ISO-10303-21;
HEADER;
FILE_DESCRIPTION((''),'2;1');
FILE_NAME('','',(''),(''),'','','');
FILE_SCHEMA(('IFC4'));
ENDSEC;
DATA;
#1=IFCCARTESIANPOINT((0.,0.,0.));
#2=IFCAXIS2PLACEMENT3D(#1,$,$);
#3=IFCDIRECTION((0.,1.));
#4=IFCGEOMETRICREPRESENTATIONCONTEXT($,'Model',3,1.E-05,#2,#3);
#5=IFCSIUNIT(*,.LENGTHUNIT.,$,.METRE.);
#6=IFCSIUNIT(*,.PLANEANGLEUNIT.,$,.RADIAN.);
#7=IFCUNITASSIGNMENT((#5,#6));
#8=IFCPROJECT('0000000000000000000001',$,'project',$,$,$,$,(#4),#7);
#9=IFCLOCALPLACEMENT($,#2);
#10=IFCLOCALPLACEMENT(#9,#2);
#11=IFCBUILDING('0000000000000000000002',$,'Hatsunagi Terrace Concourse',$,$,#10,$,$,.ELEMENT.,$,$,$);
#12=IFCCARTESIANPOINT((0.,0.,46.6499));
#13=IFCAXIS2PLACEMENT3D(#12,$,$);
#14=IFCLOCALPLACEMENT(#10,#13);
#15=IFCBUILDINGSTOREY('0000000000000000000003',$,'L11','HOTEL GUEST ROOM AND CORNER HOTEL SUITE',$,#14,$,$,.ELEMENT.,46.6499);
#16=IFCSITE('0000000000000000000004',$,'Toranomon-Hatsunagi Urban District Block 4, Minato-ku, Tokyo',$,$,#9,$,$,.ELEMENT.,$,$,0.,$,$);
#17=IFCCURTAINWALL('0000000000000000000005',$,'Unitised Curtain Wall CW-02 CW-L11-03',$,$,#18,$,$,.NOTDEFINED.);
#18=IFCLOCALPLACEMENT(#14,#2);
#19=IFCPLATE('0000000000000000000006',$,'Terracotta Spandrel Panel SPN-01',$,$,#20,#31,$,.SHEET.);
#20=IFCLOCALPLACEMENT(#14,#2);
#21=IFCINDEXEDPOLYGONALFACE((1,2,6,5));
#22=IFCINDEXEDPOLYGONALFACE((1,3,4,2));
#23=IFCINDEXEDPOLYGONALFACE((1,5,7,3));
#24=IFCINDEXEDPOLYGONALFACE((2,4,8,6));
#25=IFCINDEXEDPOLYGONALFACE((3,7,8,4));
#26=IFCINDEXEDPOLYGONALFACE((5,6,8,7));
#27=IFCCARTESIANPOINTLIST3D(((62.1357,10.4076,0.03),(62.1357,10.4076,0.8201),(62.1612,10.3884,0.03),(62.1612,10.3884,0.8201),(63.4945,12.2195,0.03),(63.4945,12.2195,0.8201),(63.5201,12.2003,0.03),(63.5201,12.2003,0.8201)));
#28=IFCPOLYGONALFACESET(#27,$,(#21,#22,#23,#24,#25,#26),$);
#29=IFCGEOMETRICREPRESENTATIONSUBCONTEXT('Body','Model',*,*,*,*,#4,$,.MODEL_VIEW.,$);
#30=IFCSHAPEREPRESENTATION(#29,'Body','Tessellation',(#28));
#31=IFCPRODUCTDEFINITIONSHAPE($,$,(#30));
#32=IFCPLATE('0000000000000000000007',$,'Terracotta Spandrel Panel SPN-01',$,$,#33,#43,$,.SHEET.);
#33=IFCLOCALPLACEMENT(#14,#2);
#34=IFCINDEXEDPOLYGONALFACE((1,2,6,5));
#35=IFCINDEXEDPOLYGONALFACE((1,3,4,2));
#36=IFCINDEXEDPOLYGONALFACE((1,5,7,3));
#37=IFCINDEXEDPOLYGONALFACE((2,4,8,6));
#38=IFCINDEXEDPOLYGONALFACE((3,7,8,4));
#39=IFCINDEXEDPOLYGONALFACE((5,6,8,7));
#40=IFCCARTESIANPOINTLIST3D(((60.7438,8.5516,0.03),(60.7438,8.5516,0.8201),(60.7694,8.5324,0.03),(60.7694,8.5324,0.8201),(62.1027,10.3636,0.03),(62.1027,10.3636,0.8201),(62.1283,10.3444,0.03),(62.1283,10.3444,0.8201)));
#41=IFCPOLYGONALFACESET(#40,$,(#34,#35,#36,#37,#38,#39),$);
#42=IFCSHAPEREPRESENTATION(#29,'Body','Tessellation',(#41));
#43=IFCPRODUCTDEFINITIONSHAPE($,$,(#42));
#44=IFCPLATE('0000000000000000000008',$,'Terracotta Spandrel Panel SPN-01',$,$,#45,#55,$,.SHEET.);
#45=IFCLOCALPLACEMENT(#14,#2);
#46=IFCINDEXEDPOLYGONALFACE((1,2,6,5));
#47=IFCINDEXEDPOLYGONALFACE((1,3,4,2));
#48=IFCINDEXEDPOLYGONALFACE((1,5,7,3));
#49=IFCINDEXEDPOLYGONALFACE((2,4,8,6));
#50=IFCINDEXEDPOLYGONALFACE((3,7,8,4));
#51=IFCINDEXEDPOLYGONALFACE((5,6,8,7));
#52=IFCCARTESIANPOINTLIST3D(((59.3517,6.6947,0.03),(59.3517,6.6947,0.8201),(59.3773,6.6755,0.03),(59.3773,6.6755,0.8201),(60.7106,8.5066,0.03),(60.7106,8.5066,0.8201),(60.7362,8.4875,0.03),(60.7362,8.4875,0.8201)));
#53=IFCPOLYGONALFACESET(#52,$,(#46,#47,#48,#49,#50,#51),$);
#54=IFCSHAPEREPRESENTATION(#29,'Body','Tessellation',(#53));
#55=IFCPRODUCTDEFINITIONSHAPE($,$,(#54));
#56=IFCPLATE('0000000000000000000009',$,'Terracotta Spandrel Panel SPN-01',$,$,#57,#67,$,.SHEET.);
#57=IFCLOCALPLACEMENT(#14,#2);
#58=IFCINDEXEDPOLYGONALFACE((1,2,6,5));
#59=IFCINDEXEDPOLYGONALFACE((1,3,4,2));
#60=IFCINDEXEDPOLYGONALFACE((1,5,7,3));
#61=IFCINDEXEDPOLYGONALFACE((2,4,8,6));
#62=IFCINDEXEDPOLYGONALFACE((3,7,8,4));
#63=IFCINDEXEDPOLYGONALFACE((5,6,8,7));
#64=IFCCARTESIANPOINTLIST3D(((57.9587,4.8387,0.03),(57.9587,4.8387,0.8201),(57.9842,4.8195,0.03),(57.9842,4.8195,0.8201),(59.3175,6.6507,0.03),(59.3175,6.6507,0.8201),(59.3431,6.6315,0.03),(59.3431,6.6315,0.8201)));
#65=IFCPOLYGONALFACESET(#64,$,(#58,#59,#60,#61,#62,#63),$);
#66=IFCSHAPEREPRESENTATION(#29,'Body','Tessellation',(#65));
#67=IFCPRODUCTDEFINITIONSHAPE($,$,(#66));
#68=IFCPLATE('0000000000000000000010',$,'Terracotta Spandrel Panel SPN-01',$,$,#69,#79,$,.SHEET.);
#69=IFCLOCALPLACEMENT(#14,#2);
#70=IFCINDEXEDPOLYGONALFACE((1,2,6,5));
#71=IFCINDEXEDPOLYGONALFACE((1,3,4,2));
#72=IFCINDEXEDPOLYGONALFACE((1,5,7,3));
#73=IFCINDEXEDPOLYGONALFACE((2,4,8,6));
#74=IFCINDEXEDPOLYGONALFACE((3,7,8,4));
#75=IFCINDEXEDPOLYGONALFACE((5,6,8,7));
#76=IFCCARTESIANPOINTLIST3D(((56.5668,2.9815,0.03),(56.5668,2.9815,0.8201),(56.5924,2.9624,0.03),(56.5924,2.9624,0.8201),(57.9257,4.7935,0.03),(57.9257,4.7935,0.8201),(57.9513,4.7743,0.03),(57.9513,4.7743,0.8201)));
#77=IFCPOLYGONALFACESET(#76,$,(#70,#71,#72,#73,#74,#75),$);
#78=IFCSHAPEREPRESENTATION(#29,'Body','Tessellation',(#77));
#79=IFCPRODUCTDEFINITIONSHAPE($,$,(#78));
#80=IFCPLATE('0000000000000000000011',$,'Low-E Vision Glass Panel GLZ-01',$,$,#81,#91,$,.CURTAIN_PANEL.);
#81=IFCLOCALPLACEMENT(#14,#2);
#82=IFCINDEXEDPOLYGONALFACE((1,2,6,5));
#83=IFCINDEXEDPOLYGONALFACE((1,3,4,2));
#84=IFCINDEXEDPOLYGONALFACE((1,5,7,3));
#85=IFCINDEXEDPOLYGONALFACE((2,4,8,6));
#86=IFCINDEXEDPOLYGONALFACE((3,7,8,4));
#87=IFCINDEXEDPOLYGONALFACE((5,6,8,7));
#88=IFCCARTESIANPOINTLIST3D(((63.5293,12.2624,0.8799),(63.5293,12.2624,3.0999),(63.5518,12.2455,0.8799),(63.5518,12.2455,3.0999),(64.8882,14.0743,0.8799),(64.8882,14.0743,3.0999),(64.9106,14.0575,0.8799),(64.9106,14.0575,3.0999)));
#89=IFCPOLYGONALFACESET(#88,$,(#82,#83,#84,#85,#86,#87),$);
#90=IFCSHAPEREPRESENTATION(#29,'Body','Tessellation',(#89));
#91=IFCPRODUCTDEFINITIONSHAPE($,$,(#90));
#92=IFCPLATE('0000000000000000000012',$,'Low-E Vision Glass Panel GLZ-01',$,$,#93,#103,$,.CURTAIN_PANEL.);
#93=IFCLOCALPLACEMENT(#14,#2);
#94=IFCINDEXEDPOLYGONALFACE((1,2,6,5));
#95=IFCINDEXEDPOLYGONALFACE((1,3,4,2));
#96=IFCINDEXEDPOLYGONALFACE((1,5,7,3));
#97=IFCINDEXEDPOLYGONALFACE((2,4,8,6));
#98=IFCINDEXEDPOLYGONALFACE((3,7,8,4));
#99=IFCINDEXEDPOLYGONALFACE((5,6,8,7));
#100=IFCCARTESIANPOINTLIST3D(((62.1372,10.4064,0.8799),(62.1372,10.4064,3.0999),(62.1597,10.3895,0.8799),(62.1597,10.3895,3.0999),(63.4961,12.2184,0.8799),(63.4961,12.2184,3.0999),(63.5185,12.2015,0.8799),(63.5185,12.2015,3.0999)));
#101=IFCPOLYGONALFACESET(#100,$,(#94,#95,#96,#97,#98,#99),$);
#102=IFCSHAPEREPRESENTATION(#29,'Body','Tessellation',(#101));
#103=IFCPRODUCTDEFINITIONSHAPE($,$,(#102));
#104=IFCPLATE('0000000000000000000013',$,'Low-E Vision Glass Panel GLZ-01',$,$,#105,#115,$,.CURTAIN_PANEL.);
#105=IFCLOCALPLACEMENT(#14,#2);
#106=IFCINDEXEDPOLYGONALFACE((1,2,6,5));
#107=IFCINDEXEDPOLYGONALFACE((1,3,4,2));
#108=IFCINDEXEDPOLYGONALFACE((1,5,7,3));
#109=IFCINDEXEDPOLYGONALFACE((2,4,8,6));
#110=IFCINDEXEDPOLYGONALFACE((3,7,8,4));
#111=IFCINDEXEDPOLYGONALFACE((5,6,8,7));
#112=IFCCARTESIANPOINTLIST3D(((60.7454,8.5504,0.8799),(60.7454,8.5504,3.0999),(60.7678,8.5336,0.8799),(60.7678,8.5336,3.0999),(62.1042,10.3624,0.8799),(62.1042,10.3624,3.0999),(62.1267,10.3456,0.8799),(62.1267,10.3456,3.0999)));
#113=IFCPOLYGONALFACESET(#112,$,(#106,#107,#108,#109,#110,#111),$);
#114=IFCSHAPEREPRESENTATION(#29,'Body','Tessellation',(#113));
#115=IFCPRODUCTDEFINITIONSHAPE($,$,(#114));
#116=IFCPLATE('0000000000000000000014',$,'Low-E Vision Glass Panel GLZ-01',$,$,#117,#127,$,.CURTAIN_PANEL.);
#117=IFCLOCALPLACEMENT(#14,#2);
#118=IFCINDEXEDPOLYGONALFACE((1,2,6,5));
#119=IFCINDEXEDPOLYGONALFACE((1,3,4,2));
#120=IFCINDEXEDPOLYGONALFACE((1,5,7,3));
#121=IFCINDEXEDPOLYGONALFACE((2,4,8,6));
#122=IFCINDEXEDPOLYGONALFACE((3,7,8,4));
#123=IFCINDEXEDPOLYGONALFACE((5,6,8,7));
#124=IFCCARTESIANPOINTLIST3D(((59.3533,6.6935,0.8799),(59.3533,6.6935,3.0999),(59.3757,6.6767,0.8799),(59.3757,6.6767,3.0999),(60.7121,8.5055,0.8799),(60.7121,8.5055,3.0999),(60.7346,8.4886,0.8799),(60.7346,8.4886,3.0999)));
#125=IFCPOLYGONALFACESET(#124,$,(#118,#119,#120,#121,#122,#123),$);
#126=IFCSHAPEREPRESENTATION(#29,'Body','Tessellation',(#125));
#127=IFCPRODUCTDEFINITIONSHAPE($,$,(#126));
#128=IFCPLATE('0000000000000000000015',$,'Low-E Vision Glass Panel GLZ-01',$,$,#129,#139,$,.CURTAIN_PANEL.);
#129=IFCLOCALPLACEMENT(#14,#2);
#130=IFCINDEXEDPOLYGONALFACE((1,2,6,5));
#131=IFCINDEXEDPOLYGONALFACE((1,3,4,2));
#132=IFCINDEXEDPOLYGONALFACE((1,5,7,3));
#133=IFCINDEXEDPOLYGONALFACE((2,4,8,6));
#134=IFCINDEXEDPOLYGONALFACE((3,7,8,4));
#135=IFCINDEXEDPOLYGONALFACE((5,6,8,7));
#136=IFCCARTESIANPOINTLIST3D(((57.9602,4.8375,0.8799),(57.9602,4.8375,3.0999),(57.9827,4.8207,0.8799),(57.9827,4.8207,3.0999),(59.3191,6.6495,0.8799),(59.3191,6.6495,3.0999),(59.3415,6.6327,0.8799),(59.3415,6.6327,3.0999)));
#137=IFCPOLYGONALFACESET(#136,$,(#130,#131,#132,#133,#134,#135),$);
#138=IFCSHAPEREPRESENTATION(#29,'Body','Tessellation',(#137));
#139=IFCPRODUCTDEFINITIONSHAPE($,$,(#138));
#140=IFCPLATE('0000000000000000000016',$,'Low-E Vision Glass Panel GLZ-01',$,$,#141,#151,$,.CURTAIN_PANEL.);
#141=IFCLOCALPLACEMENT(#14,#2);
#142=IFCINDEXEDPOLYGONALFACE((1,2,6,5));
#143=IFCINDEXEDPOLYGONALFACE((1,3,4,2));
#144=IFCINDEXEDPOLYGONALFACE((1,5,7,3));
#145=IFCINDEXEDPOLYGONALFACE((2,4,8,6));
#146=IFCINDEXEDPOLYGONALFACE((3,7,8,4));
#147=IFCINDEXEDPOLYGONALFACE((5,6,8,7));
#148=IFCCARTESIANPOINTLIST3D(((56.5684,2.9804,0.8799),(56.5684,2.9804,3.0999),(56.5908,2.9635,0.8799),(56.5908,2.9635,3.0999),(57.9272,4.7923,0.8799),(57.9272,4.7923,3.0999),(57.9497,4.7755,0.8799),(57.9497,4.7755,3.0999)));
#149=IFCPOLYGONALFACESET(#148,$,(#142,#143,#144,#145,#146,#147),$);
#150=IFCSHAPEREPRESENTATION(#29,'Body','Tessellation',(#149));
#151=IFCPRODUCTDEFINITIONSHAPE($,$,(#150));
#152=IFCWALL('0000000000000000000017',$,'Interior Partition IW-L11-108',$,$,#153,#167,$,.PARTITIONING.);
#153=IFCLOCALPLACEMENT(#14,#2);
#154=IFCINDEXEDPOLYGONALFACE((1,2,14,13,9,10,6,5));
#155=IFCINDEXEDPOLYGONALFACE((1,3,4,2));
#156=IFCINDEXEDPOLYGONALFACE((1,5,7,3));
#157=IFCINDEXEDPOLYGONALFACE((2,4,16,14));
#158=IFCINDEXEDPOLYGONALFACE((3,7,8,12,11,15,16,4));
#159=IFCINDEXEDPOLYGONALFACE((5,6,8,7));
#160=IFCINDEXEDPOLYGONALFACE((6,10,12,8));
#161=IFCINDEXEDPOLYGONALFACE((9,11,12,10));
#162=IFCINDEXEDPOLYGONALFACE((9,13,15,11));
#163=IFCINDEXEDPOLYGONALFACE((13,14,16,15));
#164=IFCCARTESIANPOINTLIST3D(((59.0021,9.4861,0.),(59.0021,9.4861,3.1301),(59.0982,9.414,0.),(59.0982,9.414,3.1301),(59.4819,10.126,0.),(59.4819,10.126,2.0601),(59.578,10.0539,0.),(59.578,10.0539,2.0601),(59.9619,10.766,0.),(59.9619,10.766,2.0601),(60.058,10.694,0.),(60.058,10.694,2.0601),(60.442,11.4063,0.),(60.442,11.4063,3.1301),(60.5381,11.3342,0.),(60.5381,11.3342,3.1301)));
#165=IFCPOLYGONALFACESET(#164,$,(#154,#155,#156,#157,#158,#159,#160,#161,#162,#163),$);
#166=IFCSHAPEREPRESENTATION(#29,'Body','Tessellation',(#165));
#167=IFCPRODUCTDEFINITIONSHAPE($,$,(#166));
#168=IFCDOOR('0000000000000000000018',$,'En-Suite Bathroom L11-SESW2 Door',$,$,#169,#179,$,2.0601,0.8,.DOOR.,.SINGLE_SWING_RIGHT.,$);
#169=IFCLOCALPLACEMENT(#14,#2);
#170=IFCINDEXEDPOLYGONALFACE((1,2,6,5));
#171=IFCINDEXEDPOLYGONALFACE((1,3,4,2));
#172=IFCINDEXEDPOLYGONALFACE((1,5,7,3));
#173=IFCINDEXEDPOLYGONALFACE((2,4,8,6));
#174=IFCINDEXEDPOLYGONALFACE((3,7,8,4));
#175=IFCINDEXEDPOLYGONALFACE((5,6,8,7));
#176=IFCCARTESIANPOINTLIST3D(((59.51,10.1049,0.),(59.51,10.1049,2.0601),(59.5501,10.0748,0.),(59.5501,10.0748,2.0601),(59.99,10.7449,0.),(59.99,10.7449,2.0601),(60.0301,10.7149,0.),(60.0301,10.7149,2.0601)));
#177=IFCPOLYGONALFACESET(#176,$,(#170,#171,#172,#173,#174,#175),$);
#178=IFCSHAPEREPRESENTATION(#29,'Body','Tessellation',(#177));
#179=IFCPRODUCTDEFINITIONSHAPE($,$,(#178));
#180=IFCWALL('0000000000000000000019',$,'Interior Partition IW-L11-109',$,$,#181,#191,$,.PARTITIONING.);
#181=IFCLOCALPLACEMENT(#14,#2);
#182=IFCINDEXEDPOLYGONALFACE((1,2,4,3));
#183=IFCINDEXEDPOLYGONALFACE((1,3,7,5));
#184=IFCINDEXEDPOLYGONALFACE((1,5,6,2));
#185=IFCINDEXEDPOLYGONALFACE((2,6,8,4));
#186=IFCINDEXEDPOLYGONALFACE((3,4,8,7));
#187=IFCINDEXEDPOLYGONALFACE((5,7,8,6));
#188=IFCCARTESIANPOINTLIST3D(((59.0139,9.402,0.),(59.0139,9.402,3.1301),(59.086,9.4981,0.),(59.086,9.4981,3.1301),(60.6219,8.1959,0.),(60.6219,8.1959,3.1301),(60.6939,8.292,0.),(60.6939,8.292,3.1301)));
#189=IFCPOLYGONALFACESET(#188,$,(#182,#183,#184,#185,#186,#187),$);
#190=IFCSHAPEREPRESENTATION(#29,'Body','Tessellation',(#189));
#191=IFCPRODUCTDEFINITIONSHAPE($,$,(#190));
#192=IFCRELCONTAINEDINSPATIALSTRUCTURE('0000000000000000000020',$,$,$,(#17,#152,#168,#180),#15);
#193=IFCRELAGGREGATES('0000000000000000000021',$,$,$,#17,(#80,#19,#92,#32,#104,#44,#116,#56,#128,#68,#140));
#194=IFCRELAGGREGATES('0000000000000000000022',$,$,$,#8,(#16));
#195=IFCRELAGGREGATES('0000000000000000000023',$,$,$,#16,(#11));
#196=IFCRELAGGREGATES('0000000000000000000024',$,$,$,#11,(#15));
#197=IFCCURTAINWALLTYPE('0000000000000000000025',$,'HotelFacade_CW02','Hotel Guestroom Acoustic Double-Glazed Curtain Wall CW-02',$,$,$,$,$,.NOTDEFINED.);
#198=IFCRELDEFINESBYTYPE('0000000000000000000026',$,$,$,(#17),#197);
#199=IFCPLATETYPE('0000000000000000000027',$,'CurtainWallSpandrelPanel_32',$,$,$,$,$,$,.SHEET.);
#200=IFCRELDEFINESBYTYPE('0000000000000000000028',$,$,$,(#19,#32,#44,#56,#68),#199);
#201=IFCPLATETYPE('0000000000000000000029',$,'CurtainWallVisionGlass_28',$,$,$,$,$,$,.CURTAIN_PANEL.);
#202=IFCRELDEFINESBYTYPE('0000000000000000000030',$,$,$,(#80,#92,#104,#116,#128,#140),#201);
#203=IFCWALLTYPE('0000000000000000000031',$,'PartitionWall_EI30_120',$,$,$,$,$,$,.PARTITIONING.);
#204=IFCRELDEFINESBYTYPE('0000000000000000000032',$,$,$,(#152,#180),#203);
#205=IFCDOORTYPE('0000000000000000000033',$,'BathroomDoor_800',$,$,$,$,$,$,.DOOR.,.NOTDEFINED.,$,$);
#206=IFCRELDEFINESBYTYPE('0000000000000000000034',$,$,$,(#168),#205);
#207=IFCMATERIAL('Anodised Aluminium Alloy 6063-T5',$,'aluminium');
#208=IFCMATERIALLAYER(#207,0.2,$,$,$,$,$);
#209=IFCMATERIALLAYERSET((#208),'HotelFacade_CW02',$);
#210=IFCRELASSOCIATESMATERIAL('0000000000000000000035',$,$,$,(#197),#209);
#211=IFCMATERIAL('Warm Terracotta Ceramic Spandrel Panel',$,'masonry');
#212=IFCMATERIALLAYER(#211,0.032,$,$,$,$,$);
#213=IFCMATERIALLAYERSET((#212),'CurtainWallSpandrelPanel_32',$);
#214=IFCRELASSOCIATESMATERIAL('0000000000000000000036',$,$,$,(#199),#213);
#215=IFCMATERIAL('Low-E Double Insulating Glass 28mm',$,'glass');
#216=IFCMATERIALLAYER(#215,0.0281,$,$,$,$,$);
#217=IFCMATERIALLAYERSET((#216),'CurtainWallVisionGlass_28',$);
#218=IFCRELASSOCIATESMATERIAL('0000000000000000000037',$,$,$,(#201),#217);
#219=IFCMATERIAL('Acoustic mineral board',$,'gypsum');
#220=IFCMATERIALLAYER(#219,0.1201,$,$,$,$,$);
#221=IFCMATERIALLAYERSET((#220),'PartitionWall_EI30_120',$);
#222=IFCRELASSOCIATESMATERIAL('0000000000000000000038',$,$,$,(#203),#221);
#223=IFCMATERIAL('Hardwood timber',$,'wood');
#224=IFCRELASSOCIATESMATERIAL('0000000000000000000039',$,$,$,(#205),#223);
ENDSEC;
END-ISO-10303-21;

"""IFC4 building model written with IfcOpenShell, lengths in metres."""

from ifc_helpers import new_model, si_unit, direction, frame, frame_2d, origin, origin_2d, place, context, subcontext, project, spatial, rectangle, extrude, material, layer, layer_set, type_object, element, fill, aggregate, save


model = new_model("IFC4")

# Units and contexts
model_context = context("Model", 3, precision=1e-05, world=origin(), true_north=direction((0.0, 1.0)))
body_context = subcontext(model_context, "Body", "Model", "MODEL_VIEW")
ifc_project = project(units=[si_unit("LENGTHUNIT", "METRE"), si_unit("PLANEANGLEUNIT", "RADIAN")], contexts=[model_context])

# Site, building, storey
site_placement = place(None, origin())
site = spatial("IfcSite", under=ifc_project, at=site_placement, Name="Toranomon-Hatsunagi Urban District Block 4, Minato-ku, Tokyo", CompositionType="ELEMENT", RefElevation=0.0)
building_placement = place(site_placement, origin())
building = spatial("IfcBuilding", under=site, at=building_placement, Name="Hatsunagi Terrace Concourse", CompositionType="ELEMENT")
storey_placement = place(building_placement, frame((0.0, 0.0, 46.6499)))
storey = spatial("IfcBuildingStorey", under=building, at=storey_placement, Name="L11", Description="HOTEL GUEST ROOM AND CORNER HOTEL SUITE", CompositionType="ELEMENT", Elevation=46.6499)

# Curtain wall
ifc_material_1 = material(Name="Anodised Aluminium Alloy 6063-T5", Category="aluminium")
ifc_layer_1 = layer(ifc_material_1, 0.2)
ifc_layer_set_1 = layer_set([ifc_layer_1], Name="HotelFacade_CW02")
curtain_wall_type = type_object("IfcCurtainWallType", Name="HotelFacade_CW02", Description="Hotel Guestroom Acoustic Double-Glazed Curtain Wall CW-02", PredefinedType="NOTDEFINED", material=ifc_layer_set_1)
curtain_wall_placement = place(storey_placement, origin())
curtain_wall = element("IfcCurtainWall", 1, at=curtain_wall_placement, inside=storey, type_object=curtain_wall_type, Name="Unitised Curtain Wall CW-02 CW-L11-03", PredefinedType="NOTDEFINED")

# Plates
ifc_material_2 = material(Name="Warm Terracotta Ceramic Spandrel Panel", Category="masonry")
ifc_layer_2 = layer(ifc_material_2, 0.032)
ifc_layer_set_2 = layer_set([ifc_layer_2], Name="CurtainWallSpandrelPanel_32")
plate_type_1 = type_object("IfcPlateType", Name="CurtainWallSpandrelPanel_32", PredefinedType="SHEET", material=ifc_layer_set_2)
plate_1_placement = place(storey_placement, frame((62.8279, 11.304, 0.03), z_axis=(0.0, 0.0, 1.0), x_axis=(-0.599969, -0.800023, 0.0)))
plate_1 = element("IfcPlate", 2, at=plate_1_placement, type_object=plate_type_1, Name="Terracotta Spandrel Panel SPN-01", PredefinedType="SHEET", context=body_context, shape_type="SweptSolid", body=[
    extrude(rectangle(XDim=2.2649, YDim=0.032, at=origin_2d()), origin(), (0.0, 0.0, 1.0), 0.79),
])
plate_2_placement = place(storey_placement, frame((61.436, 9.448, 0.03), z_axis=(0.0, 0.0, 1.0), x_axis=(-0.599969, -0.800023, 0.0)))
plate_2 = element("IfcPlate", 3, at=plate_2_placement, type_object=plate_type_1, Name="Terracotta Spandrel Panel SPN-01", PredefinedType="SHEET", context=body_context, shape_type="SweptSolid", body=[
    extrude(rectangle(XDim=2.2649, YDim=0.032, at=origin_2d()), origin(), (0.0, 0.0, 1.0), 0.79),
])
plate_3_placement = place(storey_placement, frame((60.0439, 7.5911, 0.03), z_axis=(0.0, 0.0, 1.0), x_axis=(-0.599969, -0.800023, 0.0)))
plate_3 = element("IfcPlate", 4, at=plate_3_placement, type_object=plate_type_1, Name="Terracotta Spandrel Panel SPN-01", PredefinedType="SHEET", context=body_context, shape_type="SweptSolid", body=[
    extrude(rectangle(XDim=2.2649, YDim=0.032, at=origin_2d()), origin(), (0.0, 0.0, 1.0), 0.79),
])
plate_4_placement = place(storey_placement, frame((58.6509, 5.7351, 0.03), z_axis=(0.0, 0.0, 1.0), x_axis=(-0.599969, -0.800023, 0.0)))
plate_4 = element("IfcPlate", 5, at=plate_4_placement, type_object=plate_type_1, Name="Terracotta Spandrel Panel SPN-01", PredefinedType="SHEET", context=body_context, shape_type="SweptSolid", body=[
    extrude(rectangle(XDim=2.2649, YDim=0.032, at=origin_2d()), origin(), (0.0, 0.0, 1.0), 0.79),
])
plate_5_placement = place(storey_placement, frame((57.259, 3.8779, 0.03), z_axis=(0.0, 0.0, 1.0), x_axis=(-0.599969, -0.800023, 0.0)))
plate_5 = element("IfcPlate", 6, at=plate_5_placement, type_object=plate_type_1, Name="Terracotta Spandrel Panel SPN-01", PredefinedType="SHEET", context=body_context, shape_type="SweptSolid", body=[
    extrude(rectangle(XDim=2.2649, YDim=0.032, at=origin_2d()), origin(), (0.0, 0.0, 1.0), 0.79),
])
ifc_material_3 = material(Name="Low-E Double Insulating Glass 28mm", Category="glass")
ifc_layer_3 = layer(ifc_material_3, 0.0281)
ifc_layer_set_3 = layer_set([ifc_layer_3], Name="CurtainWallVisionGlass_28")
plate_type_2 = type_object("IfcPlateType", Name="CurtainWallVisionGlass_28", PredefinedType="CURTAIN_PANEL", material=ifc_layer_set_3)
plate_6_placement = place(storey_placement, frame((64.22, 13.1599, 0.8799), z_axis=(0.0, 0.0, 1.0), x_axis=(-0.599969, -0.800023, 0.0)))
plate_6 = element("IfcPlate", 7, at=plate_6_placement, type_object=plate_type_2, Name="Low-E Vision Glass Panel GLZ-01", PredefinedType="CURTAIN_PANEL", context=body_context, shape_type="SweptSolid", body=[
    extrude(rectangle(XDim=2.2649, YDim=0.0281, at=origin_2d()), origin(), (0.0, 0.0, 1.0), 2.22),
])
plate_7_placement = place(storey_placement, frame((62.8279, 11.304, 0.8799), z_axis=(0.0, 0.0, 1.0), x_axis=(-0.599969, -0.800023, 0.0)))
plate_7 = element("IfcPlate", 8, at=plate_7_placement, type_object=plate_type_2, Name="Low-E Vision Glass Panel GLZ-01", PredefinedType="CURTAIN_PANEL", context=body_context, shape_type="SweptSolid", body=[
    extrude(rectangle(XDim=2.2649, YDim=0.0281, at=origin_2d()), origin(), (0.0, 0.0, 1.0), 2.22),
])
plate_8_placement = place(storey_placement, frame((61.436, 9.448, 0.8799), z_axis=(0.0, 0.0, 1.0), x_axis=(-0.599969, -0.800023, 0.0)))
plate_8 = element("IfcPlate", 9, at=plate_8_placement, type_object=plate_type_2, Name="Low-E Vision Glass Panel GLZ-01", PredefinedType="CURTAIN_PANEL", context=body_context, shape_type="SweptSolid", body=[
    extrude(rectangle(XDim=2.2649, YDim=0.0281, at=origin_2d()), origin(), (0.0, 0.0, 1.0), 2.22),
])
plate_9_placement = place(storey_placement, frame((60.0439, 7.5911, 0.8799), z_axis=(0.0, 0.0, 1.0), x_axis=(-0.599969, -0.800023, 0.0)))
plate_9 = element("IfcPlate", 10, at=plate_9_placement, type_object=plate_type_2, Name="Low-E Vision Glass Panel GLZ-01", PredefinedType="CURTAIN_PANEL", context=body_context, shape_type="SweptSolid", body=[
    extrude(rectangle(XDim=2.2649, YDim=0.0281, at=origin_2d()), origin(), (0.0, 0.0, 1.0), 2.22),
])
plate_10_placement = place(storey_placement, frame((58.6509, 5.7351, 0.8799), z_axis=(0.0, 0.0, 1.0), x_axis=(-0.599969, -0.800023, 0.0)))
plate_10 = element("IfcPlate", 11, at=plate_10_placement, type_object=plate_type_2, Name="Low-E Vision Glass Panel GLZ-01", PredefinedType="CURTAIN_PANEL", context=body_context, shape_type="SweptSolid", body=[
    extrude(rectangle(XDim=2.2649, YDim=0.0281, at=origin_2d()), origin(), (0.0, 0.0, 1.0), 2.22),
])
plate_11_placement = place(storey_placement, frame((57.259, 3.8779, 0.8799), z_axis=(0.0, 0.0, 1.0), x_axis=(-0.599969, -0.800023, 0.0)))
plate_11 = element("IfcPlate", 12, at=plate_11_placement, type_object=plate_type_2, Name="Low-E Vision Glass Panel GLZ-01", PredefinedType="CURTAIN_PANEL", context=body_context, shape_type="SweptSolid", body=[
    extrude(rectangle(XDim=2.2649, YDim=0.0281, at=origin_2d()), origin(), (0.0, 0.0, 1.0), 2.22),
])
aggregate(curtain_wall, [plate_6, plate_1, plate_7, plate_2, plate_8, plate_3, plate_9, plate_4, plate_10, plate_5, plate_11])

# Wall, opening, door
ifc_material_4 = material(Name="Acoustic mineral board", Category="gypsum")
ifc_layer_4 = layer(ifc_material_4, 0.1201)
ifc_layer_set_4 = layer_set([ifc_layer_4], Name="PartitionWall_EI30_120")
wall_type_1 = type_object("IfcWallType", Name="PartitionWall_EI30_120", PredefinedType="PARTITIONING", material=ifc_layer_set_4)
wall_1_placement = place(storey_placement, frame((59.05, 9.45, 0.0), z_axis=(0.0, 0.0, 1.0), x_axis=(0.599951, 0.800037, 0.0)))
wall_1 = element("IfcWall", 13, at=wall_1_placement, inside=storey, type_object=wall_type_1, Name="Interior Partition IW-L11-108", PredefinedType="PARTITIONING", context=body_context, shape_type="SweptSolid", body=[
    extrude(rectangle(XDim=2.4001, YDim=0.1201, at=frame_2d((1.2002, 0.0))), origin(), (0.0, 0.0, 1.0), 3.1301),
])
opening_1_placement = place(wall_1_placement, frame((0.8, 0.0, 0.0)))
opening_1 = element("IfcOpeningElement", 14, at=opening_1_placement, cuts=wall_1, PredefinedType="OPENING", context=body_context, shape_type="SweptSolid", body=[
    extrude(rectangle(XDim=0.8, YDim=2.0601, at=frame_2d((0.3999, 1.03))), frame((0.0, 0.0701, 0.0), z_axis=(0.0, -1.0, 0.0), x_axis=(1.0, 0.0, 0.0)), (0.0, 0.0, 1.0), 0.1401),
])
ifc_material_5 = material(Name="Hardwood timber", Category="wood")
door_type = type_object("IfcDoorType", Name="BathroomDoor_800", OperationType="NOTDEFINED", PredefinedType="DOOR", material=ifc_material_5)
door_placement = place(opening_1_placement, origin())
door = element("IfcDoor", 15, at=door_placement, inside=storey, type_object=door_type, Name="En-Suite Bathroom L11-SESW2 Door", OperationType="SINGLE_SWING_RIGHT", OverallHeight=2.0601, OverallWidth=0.8, PredefinedType="DOOR", context=body_context, shape_type="SweptSolid", body=[
    extrude(rectangle(XDim=0.8, YDim=2.0601, at=frame_2d((0.3999, 1.03))), frame((0.0, 0.0249, 0.0), z_axis=(0.0, -1.0, 0.0), x_axis=(1.0, 0.0, 0.0)), (0.0, 0.0, 1.0), 0.05),
])
fill(opening_1, door)

# Wall
wall_2_placement = place(storey_placement, frame((59.05, 9.45, 0.0), z_axis=(0.0, 0.0, 1.0), x_axis=(0.799971, -0.600039, 0.0)))
element("IfcWall", 16, at=wall_2_placement, inside=storey, type_object=wall_type_1, Name="Interior Partition IW-L11-109", PredefinedType="PARTITIONING", context=body_context, shape_type="SweptSolid", body=[
    extrude(rectangle(XDim=2.01, YDim=0.1201, at=frame_2d((1.0049, 0.0))), origin(), (0.0, 0.0, 1.0), 3.1301),
])

save(model, "model.ifc")
